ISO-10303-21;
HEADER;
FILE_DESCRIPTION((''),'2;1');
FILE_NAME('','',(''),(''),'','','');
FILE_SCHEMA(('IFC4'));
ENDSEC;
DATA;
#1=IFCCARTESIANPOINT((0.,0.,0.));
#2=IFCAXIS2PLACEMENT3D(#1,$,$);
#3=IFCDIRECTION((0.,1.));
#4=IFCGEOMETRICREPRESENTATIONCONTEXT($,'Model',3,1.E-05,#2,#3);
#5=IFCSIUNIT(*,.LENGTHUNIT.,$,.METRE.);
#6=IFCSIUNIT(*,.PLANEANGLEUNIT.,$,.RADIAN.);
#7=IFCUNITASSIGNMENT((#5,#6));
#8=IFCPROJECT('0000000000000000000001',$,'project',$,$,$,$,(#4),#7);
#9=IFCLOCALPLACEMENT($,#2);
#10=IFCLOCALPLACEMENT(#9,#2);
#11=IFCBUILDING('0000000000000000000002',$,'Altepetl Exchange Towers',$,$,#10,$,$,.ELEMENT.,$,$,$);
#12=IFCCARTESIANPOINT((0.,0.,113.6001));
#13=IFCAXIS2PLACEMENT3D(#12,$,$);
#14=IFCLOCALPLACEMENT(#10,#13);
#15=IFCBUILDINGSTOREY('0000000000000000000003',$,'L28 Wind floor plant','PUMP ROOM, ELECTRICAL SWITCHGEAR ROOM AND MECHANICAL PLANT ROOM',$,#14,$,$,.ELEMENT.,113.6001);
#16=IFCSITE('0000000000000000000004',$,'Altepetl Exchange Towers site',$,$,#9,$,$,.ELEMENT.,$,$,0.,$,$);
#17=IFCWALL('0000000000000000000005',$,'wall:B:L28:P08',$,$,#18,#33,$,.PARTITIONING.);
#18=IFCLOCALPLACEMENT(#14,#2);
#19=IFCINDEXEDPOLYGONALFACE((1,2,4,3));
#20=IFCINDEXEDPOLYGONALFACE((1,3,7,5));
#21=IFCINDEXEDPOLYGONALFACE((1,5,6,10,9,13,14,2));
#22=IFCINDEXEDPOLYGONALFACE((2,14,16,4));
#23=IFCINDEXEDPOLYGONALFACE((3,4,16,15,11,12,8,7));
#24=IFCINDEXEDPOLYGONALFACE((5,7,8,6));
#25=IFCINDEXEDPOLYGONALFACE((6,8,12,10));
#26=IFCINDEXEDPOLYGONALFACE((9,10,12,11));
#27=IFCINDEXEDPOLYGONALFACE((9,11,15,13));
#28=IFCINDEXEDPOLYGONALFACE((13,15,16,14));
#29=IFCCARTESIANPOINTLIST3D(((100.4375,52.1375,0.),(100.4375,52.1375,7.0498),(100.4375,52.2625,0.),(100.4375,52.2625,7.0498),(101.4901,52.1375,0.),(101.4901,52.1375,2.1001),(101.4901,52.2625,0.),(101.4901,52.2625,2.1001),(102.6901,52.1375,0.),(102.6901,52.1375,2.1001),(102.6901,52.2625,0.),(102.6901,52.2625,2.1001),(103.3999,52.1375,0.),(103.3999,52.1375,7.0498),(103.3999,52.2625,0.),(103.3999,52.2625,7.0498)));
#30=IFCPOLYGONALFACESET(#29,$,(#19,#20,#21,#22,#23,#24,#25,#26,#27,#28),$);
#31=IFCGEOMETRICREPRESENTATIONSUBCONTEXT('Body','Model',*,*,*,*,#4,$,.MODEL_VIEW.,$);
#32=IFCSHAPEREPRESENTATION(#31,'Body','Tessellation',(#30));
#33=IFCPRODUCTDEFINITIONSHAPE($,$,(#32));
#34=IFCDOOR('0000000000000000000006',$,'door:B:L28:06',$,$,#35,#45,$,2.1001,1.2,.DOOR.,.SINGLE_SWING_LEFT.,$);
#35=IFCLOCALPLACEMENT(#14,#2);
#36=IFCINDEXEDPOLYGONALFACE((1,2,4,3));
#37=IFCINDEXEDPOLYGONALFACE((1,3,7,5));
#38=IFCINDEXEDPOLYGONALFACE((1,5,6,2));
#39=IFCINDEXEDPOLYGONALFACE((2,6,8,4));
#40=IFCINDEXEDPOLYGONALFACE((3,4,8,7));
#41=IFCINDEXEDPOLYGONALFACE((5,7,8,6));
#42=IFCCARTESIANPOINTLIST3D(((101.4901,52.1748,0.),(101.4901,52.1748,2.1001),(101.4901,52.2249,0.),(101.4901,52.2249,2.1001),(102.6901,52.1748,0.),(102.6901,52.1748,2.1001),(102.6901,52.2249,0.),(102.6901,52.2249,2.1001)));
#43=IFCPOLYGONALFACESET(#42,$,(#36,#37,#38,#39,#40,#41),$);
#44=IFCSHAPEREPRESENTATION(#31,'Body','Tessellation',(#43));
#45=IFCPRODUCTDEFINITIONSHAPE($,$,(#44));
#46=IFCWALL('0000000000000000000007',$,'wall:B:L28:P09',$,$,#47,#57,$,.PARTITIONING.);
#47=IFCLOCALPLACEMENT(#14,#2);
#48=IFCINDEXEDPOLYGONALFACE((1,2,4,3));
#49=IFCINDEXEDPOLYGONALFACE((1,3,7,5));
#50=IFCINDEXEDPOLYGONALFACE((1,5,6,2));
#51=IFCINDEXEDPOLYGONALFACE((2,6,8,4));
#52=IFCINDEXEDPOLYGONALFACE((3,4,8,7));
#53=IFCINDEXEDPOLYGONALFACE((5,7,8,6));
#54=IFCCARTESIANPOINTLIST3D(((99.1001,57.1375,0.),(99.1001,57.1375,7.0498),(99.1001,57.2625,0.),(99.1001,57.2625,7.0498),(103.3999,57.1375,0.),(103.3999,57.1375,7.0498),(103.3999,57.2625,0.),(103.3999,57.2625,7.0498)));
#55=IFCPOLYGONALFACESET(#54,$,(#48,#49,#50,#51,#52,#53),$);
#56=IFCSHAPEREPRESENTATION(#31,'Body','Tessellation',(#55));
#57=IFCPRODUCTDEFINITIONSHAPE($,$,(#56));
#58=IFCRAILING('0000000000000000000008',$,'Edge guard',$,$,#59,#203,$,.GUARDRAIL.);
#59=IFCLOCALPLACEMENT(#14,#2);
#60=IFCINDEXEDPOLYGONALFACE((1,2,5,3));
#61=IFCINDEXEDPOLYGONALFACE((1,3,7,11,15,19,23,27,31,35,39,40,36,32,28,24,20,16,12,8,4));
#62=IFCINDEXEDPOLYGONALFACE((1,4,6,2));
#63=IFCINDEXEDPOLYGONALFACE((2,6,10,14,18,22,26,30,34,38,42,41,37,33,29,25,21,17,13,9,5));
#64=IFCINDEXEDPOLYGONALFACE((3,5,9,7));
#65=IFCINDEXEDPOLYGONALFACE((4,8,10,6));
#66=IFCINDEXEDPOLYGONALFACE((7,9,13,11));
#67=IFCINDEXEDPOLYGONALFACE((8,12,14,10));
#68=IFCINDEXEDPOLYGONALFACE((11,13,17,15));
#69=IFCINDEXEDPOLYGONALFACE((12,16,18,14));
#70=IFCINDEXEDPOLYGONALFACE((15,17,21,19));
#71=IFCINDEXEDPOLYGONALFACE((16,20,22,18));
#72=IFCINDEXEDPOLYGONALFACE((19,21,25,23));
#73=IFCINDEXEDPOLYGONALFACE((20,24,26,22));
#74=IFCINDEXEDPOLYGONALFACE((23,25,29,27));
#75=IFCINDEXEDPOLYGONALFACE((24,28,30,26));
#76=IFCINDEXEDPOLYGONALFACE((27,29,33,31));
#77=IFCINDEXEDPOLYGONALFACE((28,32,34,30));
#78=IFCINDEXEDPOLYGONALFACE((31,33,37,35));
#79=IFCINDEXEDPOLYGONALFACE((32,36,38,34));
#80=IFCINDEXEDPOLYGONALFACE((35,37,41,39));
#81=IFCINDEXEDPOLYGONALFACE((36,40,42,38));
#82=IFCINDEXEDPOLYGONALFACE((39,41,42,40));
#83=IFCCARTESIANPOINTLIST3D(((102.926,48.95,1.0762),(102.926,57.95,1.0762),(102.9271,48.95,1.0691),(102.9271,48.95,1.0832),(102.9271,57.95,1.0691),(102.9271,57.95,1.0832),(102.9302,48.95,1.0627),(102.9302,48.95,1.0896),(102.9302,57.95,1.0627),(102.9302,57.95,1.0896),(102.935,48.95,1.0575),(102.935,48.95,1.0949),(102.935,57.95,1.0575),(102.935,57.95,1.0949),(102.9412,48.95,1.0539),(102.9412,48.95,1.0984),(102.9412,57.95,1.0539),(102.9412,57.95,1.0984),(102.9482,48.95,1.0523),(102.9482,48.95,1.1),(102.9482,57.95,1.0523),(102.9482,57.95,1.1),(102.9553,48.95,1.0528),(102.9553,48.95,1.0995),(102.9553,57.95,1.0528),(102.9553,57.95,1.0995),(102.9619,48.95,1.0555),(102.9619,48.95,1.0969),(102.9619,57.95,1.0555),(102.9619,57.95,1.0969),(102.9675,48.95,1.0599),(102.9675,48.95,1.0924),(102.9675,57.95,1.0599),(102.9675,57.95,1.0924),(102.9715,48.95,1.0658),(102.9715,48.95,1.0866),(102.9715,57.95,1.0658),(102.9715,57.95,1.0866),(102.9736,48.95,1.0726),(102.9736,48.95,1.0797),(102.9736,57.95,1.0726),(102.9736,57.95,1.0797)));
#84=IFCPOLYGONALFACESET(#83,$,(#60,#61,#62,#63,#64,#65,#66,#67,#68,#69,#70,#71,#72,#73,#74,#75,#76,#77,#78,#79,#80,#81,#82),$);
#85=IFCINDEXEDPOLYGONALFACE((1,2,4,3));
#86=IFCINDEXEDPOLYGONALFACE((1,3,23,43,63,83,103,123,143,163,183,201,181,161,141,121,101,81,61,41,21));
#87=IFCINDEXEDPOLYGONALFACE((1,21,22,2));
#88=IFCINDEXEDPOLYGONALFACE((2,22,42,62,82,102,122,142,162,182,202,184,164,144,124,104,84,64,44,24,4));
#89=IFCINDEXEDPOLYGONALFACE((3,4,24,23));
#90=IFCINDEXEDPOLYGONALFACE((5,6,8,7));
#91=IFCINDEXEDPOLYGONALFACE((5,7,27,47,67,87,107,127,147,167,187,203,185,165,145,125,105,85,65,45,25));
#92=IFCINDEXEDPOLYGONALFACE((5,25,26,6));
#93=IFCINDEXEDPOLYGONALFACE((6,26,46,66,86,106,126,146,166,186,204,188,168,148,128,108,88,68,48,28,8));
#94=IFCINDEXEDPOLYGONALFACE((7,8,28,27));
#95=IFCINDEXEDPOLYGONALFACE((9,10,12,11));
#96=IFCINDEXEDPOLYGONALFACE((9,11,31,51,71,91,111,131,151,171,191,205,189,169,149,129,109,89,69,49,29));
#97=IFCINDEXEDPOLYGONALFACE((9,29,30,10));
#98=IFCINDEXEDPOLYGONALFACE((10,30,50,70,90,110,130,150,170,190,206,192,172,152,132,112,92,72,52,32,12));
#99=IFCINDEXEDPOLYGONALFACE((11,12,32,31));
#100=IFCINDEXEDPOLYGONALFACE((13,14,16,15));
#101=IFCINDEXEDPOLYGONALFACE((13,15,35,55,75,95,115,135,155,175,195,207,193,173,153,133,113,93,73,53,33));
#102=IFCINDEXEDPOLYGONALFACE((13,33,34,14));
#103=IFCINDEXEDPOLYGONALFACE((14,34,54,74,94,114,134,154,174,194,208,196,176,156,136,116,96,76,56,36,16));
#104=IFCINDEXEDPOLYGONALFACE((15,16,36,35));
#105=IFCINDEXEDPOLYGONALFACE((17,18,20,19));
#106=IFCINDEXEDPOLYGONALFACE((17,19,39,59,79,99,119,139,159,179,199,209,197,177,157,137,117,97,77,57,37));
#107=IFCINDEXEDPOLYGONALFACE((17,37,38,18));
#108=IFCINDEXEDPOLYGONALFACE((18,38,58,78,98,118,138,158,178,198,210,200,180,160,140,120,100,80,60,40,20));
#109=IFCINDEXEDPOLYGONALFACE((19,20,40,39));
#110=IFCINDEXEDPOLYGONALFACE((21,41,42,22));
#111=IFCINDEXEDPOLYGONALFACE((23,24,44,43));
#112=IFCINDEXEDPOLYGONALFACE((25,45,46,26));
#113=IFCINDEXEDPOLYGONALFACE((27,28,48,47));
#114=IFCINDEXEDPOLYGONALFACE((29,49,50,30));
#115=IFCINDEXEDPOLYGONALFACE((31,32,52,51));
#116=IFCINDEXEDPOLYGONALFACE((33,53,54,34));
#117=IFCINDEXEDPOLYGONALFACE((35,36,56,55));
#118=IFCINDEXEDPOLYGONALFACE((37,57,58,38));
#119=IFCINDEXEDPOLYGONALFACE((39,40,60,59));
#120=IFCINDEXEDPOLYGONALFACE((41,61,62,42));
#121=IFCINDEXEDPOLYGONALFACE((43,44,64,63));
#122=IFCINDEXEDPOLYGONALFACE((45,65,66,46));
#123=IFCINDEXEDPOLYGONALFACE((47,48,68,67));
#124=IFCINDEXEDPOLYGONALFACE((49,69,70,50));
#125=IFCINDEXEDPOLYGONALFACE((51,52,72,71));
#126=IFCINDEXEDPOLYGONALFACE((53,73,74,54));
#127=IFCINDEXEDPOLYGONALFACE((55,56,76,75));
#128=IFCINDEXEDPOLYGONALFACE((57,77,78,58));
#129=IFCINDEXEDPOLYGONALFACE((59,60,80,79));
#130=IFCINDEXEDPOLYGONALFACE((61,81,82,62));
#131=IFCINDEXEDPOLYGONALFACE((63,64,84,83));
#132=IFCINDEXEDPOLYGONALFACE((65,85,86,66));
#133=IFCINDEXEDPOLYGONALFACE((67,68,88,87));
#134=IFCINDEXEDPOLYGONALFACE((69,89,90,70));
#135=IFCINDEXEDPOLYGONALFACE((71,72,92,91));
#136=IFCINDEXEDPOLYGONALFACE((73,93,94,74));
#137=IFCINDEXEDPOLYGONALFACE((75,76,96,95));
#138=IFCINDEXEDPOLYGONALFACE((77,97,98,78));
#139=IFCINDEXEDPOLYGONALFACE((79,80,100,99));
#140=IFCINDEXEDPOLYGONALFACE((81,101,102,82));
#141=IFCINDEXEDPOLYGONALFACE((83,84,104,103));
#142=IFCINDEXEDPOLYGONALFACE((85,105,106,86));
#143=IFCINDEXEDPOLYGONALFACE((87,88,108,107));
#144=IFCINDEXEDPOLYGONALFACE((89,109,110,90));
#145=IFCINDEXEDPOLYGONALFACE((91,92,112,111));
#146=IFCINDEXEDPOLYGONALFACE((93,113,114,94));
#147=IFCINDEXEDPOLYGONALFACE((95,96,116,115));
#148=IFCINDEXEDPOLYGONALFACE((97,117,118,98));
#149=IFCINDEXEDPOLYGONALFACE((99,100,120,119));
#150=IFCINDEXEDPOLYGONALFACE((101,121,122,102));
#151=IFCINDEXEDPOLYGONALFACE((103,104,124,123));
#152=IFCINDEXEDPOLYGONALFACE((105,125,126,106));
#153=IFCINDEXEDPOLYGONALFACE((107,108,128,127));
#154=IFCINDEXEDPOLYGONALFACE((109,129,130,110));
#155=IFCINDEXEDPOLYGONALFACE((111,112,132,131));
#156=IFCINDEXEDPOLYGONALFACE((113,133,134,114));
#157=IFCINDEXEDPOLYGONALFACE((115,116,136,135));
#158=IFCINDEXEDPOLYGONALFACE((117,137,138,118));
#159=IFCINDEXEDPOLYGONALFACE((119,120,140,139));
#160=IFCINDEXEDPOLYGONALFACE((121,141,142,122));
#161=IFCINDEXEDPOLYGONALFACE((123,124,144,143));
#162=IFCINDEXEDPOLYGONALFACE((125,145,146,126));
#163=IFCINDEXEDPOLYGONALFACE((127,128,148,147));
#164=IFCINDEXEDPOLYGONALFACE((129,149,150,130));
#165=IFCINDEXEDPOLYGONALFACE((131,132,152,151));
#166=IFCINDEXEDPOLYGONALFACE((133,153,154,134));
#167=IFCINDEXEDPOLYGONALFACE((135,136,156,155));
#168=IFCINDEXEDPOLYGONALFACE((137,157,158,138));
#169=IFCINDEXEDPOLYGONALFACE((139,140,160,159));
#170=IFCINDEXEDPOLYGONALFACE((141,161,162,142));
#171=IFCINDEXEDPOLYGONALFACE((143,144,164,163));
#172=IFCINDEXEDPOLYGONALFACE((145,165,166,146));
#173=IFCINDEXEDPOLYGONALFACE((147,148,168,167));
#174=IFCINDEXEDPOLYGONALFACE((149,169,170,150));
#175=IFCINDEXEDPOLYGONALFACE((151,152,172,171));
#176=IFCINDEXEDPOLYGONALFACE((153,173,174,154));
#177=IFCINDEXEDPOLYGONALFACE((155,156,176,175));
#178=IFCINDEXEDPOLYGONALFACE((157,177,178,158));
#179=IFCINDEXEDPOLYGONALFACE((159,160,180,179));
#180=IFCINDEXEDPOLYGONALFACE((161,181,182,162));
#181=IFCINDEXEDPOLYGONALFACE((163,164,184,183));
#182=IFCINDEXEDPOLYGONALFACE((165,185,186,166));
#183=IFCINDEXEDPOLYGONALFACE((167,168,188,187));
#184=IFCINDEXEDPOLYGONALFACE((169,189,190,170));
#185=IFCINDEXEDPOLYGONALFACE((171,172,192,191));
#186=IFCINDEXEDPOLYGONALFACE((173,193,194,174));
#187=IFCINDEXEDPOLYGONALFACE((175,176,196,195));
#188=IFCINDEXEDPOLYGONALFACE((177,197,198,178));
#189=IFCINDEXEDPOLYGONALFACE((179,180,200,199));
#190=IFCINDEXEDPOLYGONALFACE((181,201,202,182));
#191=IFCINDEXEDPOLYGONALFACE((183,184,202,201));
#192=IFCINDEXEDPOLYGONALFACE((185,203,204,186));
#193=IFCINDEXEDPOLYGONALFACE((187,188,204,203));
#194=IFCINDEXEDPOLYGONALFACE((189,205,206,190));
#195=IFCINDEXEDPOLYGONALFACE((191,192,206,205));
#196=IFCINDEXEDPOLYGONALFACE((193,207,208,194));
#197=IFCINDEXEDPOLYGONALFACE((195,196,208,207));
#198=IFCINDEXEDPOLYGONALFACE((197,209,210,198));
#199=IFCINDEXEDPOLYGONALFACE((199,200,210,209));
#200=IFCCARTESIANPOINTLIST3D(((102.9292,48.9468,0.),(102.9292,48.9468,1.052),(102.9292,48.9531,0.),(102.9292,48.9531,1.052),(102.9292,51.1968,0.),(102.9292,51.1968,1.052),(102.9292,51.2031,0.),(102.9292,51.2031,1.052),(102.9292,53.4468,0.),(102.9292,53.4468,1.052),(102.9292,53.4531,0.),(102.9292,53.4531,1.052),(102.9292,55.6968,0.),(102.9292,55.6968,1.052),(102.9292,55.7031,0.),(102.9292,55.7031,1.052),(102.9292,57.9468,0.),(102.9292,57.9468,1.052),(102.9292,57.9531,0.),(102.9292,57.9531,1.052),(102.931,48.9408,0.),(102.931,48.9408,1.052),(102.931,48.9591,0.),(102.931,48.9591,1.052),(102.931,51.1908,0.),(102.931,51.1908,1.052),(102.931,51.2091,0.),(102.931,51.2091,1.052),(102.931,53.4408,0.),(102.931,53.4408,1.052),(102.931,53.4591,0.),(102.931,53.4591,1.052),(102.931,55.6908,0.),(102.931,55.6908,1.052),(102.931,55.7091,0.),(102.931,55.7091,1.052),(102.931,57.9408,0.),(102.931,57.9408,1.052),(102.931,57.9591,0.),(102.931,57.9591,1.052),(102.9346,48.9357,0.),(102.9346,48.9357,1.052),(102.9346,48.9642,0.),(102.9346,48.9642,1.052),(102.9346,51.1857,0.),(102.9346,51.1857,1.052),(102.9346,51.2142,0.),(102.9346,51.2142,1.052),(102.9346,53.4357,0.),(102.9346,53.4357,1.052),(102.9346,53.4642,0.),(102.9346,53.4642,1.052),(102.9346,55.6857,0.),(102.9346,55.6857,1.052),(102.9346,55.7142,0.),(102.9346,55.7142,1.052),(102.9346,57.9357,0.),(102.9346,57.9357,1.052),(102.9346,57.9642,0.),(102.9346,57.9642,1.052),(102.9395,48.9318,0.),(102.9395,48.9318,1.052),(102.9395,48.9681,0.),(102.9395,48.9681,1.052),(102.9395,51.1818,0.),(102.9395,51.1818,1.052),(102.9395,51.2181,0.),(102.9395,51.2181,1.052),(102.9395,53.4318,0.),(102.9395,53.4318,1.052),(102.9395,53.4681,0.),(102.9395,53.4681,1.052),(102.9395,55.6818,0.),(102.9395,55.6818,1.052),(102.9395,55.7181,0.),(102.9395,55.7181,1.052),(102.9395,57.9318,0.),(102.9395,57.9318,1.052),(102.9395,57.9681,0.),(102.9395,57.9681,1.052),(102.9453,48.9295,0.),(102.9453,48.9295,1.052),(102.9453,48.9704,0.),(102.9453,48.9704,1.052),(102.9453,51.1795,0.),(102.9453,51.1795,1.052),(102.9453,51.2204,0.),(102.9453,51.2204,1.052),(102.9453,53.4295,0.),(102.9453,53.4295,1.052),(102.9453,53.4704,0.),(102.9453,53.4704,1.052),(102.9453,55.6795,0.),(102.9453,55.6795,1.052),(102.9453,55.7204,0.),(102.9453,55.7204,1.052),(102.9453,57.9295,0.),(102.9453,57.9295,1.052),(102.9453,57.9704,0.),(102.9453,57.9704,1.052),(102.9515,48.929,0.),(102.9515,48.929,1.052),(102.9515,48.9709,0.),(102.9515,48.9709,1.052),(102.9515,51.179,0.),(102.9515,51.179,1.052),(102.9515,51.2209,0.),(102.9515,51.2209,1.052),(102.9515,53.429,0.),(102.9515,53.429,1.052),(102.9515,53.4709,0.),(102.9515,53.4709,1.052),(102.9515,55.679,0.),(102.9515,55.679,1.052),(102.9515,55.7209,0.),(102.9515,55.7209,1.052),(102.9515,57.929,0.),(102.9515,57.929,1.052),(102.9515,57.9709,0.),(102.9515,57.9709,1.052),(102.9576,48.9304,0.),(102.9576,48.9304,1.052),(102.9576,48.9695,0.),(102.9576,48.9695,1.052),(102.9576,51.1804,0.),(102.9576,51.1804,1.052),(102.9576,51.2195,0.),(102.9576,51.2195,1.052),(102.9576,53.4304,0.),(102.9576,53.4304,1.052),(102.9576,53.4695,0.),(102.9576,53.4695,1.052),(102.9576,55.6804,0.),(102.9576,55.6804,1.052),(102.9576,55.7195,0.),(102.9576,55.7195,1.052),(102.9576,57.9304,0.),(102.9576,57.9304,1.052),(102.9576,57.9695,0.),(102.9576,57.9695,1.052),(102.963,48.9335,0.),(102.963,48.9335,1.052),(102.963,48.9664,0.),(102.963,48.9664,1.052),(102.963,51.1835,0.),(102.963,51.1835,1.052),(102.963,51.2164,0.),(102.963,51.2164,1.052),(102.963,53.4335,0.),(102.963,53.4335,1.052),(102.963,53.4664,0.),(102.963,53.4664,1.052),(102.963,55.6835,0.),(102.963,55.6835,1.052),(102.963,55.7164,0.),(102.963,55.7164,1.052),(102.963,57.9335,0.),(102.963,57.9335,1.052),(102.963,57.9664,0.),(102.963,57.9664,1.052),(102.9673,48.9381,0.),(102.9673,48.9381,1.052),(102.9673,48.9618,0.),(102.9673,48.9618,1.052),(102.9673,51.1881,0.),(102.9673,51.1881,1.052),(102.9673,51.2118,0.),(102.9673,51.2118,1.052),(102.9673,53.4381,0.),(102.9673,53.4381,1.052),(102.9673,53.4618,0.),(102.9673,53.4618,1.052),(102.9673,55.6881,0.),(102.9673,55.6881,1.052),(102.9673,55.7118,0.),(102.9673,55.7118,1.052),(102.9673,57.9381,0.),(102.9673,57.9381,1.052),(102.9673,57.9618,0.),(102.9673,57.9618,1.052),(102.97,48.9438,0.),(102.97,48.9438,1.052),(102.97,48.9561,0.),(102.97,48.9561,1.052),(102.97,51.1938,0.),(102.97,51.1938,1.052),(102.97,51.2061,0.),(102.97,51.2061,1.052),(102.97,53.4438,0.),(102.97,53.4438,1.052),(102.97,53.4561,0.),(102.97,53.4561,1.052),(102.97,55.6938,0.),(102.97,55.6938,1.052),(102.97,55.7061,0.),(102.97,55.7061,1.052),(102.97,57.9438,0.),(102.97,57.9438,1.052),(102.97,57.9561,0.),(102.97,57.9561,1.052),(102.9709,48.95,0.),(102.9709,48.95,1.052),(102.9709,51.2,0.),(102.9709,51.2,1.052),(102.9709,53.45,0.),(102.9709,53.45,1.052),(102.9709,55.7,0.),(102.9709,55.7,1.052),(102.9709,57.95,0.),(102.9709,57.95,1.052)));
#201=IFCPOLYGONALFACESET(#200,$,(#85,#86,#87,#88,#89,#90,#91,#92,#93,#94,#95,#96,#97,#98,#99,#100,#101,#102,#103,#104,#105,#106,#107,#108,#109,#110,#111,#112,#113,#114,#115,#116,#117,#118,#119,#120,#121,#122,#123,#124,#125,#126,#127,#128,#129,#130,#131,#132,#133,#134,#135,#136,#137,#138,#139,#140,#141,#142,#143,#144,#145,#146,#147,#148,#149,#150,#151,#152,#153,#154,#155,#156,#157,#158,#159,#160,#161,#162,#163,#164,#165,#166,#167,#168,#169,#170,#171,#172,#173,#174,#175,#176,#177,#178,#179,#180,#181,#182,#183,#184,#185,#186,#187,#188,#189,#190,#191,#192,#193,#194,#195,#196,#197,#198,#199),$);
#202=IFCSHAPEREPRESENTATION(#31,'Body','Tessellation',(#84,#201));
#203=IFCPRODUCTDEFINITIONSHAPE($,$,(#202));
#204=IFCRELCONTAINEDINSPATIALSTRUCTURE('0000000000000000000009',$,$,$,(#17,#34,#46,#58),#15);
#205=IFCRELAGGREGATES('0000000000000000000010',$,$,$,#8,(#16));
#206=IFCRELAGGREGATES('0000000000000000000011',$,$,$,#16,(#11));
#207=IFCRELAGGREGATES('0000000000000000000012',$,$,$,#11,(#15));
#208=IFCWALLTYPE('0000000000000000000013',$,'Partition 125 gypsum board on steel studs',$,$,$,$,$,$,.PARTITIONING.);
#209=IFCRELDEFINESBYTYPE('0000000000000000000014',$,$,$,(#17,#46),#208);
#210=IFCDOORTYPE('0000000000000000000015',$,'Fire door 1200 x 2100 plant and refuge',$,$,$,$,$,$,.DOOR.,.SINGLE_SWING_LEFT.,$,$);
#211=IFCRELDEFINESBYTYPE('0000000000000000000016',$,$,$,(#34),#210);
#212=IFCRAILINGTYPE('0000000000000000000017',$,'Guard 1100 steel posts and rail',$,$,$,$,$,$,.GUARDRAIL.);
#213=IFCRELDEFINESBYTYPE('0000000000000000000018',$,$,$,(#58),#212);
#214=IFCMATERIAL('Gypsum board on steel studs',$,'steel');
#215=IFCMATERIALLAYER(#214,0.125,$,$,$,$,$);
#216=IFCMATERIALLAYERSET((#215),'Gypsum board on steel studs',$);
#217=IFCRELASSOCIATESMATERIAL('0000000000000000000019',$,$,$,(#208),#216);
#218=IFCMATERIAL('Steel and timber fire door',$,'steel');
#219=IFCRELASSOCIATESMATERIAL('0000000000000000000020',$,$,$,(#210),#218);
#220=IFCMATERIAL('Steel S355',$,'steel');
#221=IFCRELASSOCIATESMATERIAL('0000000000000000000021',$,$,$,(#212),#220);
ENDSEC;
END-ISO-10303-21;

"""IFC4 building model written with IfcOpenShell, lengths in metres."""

from ifc_helpers import new_model, si_unit, direction, frame, frame_2d, origin, origin_2d, place, context, subcontext, project, spatial, rectangle, circle, extrude, source, transform, mapped, material, layer, layer_set, type_object, element, fill, save


model = new_model("IFC4")

# Units and contexts
model_context = context("Model", 3, precision=1e-05, world=origin(), true_north=direction((0.0, 1.0)))
body_context = subcontext(model_context, "Body", "Model", "MODEL_VIEW")
ifc_project = project(units=[si_unit("LENGTHUNIT", "METRE"), si_unit("PLANEANGLEUNIT", "RADIAN")], contexts=[model_context])

# Site, building, storey
site_placement = place(None, origin())
site = spatial("IfcSite", under=ifc_project, at=site_placement, Name="Altepetl Exchange Towers site", CompositionType="ELEMENT", RefElevation=0.0)
building_placement = place(site_placement, origin())
building = spatial("IfcBuilding", under=site, at=building_placement, Name="Altepetl Exchange Towers", CompositionType="ELEMENT")
storey_placement = place(building_placement, frame((0.0, 0.0, 113.6001)))
storey = spatial("IfcBuildingStorey", under=building, at=storey_placement, Name="L28 Wind floor plant", Description="PUMP ROOM, ELECTRICAL SWITCHGEAR ROOM AND MECHANICAL PLANT ROOM", CompositionType="ELEMENT", Elevation=113.6001)

# Shared definitions
ifc_material_1 = material(Name="Steel S355", Category="steel")

# Shared definitions
ifc_material_2 = material(Name="Gypsum board on steel studs", Category="steel")
ifc_layer = layer(ifc_material_2, 0.125)
ifc_layer_set = layer_set([ifc_layer], Name="Gypsum board on steel studs")
wall_type = type_object("IfcWallType", Name="Partition 125 gypsum board on steel studs", PredefinedType="PARTITIONING", material=ifc_layer_set)

# Wall, opening, door
wall_1_placement = place(storey_placement, frame((100.4375, 52.2, 0.0)))
wall_1 = element("IfcWall", 1, at=wall_1_placement, inside=storey, type_object=wall_type, Name="wall:B:L28:P08", PredefinedType="PARTITIONING", context=body_context, shape_type="SweptSolid", body=[
    extrude(rectangle(XDim=2.9624, YDim=0.125, at=frame_2d((1.4812, 0.0))), origin(), (0.0, 0.0, 1.0), 7.0498),
])
opening_placement = place(wall_1_placement, frame((1.0525, 0.0, 0.0)))
opening = element("IfcOpeningElement", 2, at=opening_placement, cuts=wall_1, PredefinedType="OPENING", context=body_context, shape_type="SweptSolid", body=[
    extrude(rectangle(XDim=1.2, YDim=2.1001, at=frame_2d((0.6001, 1.05))), frame((0.0, 0.0725, 0.0), z_axis=(0.0, -1.0, 0.0), x_axis=(1.0, 0.0, 0.0)), (0.0, 0.0, 1.0), 0.145),
])
ifc_material_3 = material(Name="Steel and timber fire door", Category="steel")
door_type = type_object("IfcDoorType", Name="Fire door 1200 x 2100 plant and refuge", OperationType="SINGLE_SWING_LEFT", PredefinedType="DOOR", material=ifc_material_3)
door_placement = place(opening_placement, origin())
door = element("IfcDoor", 3, at=door_placement, inside=storey, type_object=door_type, Name="door:B:L28:06", OperationType="SINGLE_SWING_LEFT", OverallHeight=2.1001, OverallWidth=1.2, PredefinedType="DOOR", context=body_context, shape_type="SweptSolid", body=[
    extrude(rectangle(XDim=1.2, YDim=2.1001, at=frame_2d((0.6001, 1.05))), frame((0.0, 0.0249, 0.0), z_axis=(0.0, -1.0, 0.0), x_axis=(1.0, 0.0, 0.0)), (0.0, 0.0, 1.0), 0.05),
])
fill(opening, door)

# Wall
wall_2_placement = place(storey_placement, frame((99.1001, 57.2, 0.0)))
element("IfcWall", 4, at=wall_2_placement, inside=storey, type_object=wall_type, Name="wall:B:L28:P09", PredefinedType="PARTITIONING", context=body_context, shape_type="SweptSolid", body=[
    extrude(rectangle(XDim=4.2998, YDim=0.125, at=frame_2d((2.1499, 0.0))), origin(), (0.0, 0.0, 1.0), 7.0498),
])

# Railing
railing_type = type_object("IfcRailingType", Name="Guard 1100 steel posts and rail", PredefinedType="GUARDRAIL", material=ifc_material_1)
shared_shape = source(origin(), body_context, "Body", "SweptSolid", [
    extrude(circle(Radius=0.021, at=origin_2d()), origin(), (0.0, 0.0, 1.0), 1.052),
])
railing_1_placement = place(storey_placement, frame((102.95, 48.95, 0.0)))
element("IfcRailing", 5, at=railing_1_placement, inside=storey, type_object=railing_type, Name="Edge guard", PredefinedType="GUARDRAIL", context=body_context, shape_type="SweptSolid", body=[
    extrude(circle(Radius=0.0239, at=origin_2d()), frame((0.0, 0.0, 1.0762), z_axis=(0.0, 1.0, 0.0), x_axis=(-1.0, 0.0, 0.0)), (0.0, 0.0, 1.0), 9.0),
    mapped(shared_shape, transform((0.0, 0.0, 0.0))),
    mapped(shared_shape, transform((0.0, 2.25, 0.0))),
    mapped(shared_shape, transform((0.0, 4.5, 0.0))),
    mapped(shared_shape, transform((0.0, 6.75, 0.0))),
    mapped(shared_shape, transform((0.0, 9.0, 0.0))),
])

save(model, "model.ifc")
